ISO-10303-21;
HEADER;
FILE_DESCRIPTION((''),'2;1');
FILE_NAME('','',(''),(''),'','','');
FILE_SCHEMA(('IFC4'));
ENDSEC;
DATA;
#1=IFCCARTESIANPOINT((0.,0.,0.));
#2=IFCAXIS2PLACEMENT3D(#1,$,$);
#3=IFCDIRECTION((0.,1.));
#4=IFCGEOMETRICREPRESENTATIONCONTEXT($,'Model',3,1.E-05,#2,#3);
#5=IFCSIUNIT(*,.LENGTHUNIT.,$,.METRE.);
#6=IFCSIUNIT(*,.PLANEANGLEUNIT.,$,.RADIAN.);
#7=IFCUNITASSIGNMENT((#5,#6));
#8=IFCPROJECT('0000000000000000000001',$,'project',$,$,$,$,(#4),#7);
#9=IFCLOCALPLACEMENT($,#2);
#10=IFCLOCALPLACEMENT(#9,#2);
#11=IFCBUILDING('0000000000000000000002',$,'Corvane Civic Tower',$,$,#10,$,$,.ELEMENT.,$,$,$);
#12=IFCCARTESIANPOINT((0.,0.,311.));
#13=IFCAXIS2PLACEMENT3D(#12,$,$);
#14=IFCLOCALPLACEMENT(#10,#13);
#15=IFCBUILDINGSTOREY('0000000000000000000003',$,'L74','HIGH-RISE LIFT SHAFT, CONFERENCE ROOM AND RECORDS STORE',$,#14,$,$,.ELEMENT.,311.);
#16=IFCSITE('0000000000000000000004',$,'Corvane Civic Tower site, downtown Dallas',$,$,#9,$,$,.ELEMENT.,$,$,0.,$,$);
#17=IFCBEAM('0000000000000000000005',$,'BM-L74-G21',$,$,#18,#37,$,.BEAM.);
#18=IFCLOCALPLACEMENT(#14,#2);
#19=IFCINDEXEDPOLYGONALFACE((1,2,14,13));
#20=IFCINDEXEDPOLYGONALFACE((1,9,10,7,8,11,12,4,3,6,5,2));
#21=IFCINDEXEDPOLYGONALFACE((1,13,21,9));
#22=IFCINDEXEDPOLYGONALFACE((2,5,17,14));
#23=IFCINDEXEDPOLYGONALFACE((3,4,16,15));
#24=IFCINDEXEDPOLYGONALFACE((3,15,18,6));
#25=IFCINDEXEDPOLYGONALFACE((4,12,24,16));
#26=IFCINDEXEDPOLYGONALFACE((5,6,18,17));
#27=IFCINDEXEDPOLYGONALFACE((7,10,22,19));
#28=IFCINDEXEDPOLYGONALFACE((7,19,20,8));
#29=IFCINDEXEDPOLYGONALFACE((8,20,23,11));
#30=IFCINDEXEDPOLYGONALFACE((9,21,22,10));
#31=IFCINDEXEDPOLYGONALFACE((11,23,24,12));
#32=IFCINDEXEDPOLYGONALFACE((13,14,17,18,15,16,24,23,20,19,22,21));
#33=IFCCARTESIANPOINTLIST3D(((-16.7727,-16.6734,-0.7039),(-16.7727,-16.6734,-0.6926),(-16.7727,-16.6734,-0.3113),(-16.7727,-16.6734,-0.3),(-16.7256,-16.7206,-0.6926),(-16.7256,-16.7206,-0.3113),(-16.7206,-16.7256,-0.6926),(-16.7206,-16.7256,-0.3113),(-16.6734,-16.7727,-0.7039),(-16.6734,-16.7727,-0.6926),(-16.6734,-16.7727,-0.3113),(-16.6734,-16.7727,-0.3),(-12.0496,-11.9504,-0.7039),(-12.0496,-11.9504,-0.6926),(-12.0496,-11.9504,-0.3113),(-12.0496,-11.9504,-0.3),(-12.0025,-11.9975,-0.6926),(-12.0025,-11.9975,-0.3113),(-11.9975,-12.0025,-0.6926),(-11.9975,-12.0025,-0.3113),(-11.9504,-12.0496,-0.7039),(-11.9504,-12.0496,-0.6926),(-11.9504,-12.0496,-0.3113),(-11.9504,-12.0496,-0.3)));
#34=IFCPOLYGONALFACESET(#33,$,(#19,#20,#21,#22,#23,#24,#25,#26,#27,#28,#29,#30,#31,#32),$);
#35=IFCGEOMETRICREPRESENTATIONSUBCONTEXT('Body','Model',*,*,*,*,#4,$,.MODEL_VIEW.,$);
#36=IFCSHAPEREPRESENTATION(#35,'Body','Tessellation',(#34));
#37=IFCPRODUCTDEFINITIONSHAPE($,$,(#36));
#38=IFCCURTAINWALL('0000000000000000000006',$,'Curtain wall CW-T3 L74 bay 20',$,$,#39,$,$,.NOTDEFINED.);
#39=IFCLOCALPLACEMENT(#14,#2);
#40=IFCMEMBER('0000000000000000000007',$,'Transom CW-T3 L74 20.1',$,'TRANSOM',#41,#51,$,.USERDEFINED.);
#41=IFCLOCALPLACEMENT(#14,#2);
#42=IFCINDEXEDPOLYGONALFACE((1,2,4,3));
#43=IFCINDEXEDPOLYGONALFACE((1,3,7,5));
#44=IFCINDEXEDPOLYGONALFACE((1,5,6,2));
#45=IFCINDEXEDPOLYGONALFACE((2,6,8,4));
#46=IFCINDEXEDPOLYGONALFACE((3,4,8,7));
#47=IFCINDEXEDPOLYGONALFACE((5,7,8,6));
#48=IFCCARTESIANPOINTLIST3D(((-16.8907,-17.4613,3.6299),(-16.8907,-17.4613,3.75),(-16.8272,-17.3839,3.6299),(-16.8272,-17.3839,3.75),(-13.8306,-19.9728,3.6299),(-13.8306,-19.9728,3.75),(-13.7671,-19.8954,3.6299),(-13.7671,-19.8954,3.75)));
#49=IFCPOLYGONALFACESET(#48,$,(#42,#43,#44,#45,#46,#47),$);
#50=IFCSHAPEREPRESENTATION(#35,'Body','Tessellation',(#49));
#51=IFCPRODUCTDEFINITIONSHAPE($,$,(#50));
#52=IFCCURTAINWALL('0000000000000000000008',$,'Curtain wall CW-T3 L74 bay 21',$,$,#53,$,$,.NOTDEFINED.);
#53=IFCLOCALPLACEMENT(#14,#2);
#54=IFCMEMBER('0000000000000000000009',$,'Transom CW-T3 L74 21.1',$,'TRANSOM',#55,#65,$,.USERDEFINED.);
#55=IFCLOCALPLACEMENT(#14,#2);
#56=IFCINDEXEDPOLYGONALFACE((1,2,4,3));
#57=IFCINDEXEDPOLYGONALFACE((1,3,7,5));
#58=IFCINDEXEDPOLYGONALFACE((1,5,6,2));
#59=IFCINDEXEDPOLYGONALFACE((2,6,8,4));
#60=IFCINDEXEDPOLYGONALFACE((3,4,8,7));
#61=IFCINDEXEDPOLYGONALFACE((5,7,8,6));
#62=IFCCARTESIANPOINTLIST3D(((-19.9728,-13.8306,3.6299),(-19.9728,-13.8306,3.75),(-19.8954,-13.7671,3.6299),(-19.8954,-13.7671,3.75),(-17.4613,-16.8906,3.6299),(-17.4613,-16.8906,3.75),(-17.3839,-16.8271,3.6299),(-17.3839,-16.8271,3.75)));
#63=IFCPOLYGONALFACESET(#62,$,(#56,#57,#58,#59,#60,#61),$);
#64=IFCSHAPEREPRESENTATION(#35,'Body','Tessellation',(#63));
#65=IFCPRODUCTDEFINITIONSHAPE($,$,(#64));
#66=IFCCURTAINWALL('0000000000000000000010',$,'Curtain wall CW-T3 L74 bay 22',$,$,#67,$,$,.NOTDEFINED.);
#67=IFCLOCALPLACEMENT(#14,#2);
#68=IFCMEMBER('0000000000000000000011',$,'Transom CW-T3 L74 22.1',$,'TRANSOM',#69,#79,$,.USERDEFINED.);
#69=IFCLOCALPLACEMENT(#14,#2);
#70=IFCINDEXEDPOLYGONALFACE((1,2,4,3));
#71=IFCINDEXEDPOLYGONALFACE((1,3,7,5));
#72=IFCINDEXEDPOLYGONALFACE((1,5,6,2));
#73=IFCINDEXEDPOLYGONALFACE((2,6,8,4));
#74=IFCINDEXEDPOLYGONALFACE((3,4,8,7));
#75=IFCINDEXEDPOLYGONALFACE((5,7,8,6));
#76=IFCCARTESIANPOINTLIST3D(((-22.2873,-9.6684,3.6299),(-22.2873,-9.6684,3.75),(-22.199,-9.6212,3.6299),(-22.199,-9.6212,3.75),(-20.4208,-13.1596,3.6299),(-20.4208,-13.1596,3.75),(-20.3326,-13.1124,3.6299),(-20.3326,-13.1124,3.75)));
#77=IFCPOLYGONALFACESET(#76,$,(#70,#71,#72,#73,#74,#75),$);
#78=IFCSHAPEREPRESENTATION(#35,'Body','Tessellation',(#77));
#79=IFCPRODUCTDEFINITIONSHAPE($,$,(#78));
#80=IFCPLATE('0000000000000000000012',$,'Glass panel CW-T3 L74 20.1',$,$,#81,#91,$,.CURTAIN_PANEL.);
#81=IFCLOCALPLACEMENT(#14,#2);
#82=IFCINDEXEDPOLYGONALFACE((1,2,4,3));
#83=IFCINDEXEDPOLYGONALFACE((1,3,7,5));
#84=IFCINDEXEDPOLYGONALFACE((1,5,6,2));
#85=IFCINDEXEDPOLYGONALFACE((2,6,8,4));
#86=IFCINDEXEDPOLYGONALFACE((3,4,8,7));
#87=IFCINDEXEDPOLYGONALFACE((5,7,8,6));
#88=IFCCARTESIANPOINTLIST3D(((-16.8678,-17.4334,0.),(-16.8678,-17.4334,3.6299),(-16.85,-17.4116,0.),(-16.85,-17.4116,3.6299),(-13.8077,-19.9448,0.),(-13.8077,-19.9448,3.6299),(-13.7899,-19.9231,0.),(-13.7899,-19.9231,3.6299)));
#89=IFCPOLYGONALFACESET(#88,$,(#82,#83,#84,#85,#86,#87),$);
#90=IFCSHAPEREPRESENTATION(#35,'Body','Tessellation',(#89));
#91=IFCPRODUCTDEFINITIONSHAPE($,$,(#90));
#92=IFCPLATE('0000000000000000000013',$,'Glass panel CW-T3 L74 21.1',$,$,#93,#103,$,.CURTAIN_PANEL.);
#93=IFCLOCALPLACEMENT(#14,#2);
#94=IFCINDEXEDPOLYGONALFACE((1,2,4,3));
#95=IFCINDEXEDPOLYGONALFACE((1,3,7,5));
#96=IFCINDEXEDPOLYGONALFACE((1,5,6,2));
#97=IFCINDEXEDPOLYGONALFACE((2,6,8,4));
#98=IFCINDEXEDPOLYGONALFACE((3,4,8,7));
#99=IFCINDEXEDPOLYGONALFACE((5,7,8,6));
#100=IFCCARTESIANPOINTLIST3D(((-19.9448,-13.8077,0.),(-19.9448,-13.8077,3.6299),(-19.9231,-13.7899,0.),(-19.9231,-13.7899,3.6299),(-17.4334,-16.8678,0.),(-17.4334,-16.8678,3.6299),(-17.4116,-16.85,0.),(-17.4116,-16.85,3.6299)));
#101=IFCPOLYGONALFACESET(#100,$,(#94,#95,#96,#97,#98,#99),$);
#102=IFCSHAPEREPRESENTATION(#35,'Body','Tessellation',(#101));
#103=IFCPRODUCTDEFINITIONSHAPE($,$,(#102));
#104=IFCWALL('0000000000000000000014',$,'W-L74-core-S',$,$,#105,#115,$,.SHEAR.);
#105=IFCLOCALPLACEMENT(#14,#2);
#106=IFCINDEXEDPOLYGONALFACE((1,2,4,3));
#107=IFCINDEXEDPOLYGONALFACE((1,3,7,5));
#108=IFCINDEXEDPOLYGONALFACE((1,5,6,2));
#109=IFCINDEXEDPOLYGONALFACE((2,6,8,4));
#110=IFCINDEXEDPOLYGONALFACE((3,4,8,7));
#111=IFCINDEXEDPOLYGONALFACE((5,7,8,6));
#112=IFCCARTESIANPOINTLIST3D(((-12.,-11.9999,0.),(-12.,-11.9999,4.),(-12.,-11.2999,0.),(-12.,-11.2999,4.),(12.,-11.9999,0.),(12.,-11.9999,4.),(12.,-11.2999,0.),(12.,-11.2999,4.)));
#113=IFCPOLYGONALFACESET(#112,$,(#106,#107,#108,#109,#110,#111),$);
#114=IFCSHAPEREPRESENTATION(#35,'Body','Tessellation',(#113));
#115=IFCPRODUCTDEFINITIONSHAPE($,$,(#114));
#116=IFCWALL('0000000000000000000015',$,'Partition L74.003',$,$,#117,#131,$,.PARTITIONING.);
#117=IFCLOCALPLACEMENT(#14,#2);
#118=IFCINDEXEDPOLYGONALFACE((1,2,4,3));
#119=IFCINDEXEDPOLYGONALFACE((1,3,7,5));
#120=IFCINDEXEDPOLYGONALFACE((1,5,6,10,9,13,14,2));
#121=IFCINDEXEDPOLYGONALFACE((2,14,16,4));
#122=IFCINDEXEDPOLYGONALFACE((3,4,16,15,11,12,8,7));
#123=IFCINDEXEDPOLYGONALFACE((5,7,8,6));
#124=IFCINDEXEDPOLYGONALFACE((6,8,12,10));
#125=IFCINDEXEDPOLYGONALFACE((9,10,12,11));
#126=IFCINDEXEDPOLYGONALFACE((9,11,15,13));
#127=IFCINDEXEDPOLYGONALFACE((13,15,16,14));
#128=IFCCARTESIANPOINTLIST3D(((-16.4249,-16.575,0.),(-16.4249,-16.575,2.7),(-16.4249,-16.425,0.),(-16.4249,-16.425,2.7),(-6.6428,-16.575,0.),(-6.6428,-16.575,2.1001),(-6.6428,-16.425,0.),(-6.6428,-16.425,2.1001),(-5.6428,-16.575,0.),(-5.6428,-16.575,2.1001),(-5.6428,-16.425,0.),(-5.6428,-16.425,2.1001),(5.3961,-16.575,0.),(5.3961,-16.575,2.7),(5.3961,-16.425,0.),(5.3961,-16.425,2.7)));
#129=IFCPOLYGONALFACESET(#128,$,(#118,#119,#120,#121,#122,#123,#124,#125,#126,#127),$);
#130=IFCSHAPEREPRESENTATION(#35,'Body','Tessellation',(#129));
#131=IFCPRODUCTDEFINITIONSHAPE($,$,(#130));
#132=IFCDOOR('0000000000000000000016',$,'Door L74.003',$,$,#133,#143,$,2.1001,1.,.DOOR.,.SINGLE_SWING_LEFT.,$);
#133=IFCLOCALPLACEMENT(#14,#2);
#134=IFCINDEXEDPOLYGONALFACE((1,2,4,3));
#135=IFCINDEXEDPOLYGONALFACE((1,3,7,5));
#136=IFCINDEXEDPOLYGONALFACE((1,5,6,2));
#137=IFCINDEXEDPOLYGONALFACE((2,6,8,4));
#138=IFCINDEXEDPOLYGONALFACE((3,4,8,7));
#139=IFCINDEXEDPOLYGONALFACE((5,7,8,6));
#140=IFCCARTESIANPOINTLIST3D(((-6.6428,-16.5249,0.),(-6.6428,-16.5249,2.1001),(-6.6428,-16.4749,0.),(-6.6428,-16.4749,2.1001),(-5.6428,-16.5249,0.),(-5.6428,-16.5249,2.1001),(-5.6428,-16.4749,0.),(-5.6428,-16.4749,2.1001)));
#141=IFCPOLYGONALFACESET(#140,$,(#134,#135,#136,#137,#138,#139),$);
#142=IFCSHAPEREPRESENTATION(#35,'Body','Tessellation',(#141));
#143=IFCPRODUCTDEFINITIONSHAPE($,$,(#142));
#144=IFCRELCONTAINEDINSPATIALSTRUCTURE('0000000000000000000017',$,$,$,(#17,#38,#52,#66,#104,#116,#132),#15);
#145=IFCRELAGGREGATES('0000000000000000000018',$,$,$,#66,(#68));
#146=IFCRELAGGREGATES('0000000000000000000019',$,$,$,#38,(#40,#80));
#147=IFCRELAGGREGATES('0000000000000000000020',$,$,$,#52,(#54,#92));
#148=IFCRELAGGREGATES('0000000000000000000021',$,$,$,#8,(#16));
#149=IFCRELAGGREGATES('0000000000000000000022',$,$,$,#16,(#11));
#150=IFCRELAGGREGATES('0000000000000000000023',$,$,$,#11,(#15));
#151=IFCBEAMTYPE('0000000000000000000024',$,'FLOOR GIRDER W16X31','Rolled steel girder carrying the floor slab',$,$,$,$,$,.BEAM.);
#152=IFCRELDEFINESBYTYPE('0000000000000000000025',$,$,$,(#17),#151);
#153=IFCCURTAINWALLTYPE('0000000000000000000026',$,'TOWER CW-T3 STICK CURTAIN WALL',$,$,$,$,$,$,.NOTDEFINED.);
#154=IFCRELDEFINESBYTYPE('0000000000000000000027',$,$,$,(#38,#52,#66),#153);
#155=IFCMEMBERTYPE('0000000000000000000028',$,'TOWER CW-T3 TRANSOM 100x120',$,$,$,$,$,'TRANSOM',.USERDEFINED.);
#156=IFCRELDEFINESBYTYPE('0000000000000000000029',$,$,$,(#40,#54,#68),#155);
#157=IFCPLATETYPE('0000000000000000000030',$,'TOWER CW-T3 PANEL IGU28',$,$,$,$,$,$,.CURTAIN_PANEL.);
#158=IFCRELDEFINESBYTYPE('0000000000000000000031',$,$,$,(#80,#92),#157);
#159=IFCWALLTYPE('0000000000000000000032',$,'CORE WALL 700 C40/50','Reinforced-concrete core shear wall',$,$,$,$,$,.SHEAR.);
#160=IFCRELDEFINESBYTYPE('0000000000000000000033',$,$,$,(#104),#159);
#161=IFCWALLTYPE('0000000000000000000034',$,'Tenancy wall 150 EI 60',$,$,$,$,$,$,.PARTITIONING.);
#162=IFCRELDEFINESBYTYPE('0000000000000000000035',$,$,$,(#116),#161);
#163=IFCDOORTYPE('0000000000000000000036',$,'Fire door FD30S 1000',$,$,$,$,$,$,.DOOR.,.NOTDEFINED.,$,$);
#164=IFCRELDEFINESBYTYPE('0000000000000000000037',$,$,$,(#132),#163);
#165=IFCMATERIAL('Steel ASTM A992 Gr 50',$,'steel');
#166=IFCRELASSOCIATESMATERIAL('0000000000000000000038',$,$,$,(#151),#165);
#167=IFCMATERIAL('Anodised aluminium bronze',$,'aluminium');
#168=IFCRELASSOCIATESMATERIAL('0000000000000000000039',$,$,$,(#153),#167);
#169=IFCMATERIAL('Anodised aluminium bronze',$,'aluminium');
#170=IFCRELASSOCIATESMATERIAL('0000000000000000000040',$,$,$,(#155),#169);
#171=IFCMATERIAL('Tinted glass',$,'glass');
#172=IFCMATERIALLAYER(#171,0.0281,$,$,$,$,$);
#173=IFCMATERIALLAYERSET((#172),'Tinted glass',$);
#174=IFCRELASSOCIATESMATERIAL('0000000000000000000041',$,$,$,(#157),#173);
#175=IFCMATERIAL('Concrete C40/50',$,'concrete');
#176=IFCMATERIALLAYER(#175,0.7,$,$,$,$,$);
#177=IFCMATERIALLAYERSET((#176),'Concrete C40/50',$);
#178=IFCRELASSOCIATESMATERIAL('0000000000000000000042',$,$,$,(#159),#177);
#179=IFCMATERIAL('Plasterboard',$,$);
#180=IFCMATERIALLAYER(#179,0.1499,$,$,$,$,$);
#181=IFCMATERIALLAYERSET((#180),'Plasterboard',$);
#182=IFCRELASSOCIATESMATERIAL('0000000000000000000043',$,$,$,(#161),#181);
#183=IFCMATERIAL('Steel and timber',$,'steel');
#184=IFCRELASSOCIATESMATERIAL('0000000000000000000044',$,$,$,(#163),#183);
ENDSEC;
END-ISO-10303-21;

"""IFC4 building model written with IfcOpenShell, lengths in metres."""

from ifc_helpers import new_model, si_unit, direction, frame, frame_2d, origin, origin_2d, place, context, subcontext, project, spatial, rectangle, i_section, extrude, material, layer, layer_set, material_profile, profile_set, type_object, element, fill, aggregate, save


model = new_model("IFC4")

# Units and contexts
model_context = context("Model", 3, precision=1e-05, world=origin(), true_north=direction((0.0, 1.0)))
body_context = subcontext(model_context, "Body", "Model", "MODEL_VIEW")
ifc_project = project(units=[si_unit("LENGTHUNIT", "METRE"), si_unit("PLANEANGLEUNIT", "RADIAN")], contexts=[model_context])

# Site, building, storey
site_placement = place(None, origin())
site = spatial("IfcSite", under=ifc_project, at=site_placement, Name="Corvane Civic Tower site, downtown Dallas", CompositionType="ELEMENT", RefElevation=0.0)
building_placement = place(site_placement, origin())
building = spatial("IfcBuilding", under=site, at=building_placement, Name="Corvane Civic Tower", CompositionType="ELEMENT")
storey_placement = place(building_placement, frame((0.0, 0.0, 311.0)))
storey = spatial("IfcBuildingStorey", under=building, at=storey_placement, Name="L74", Description="HIGH-RISE LIFT SHAFT, CONFERENCE ROOM AND RECORDS STORE", CompositionType="ELEMENT", Elevation=311.0)

# Beam
ifc_material_1 = material(Name="Steel ASTM A992 Gr 50", Category="steel")
ifc_material_profile_1 = material_profile(ifc_material_1, i_section(OverallWidth=0.1404, OverallDepth=0.4038, WebThickness=0.0071, FlangeThickness=0.0112, at=origin_2d()), Name="W16X31")
ifc_profile_set_1 = profile_set([ifc_material_profile_1], Name="Steel ASTM A992 Gr 50")
beam_type_1 = type_object("IfcBeamType", Name="FLOOR GIRDER W16X31", Description="Rolled steel girder carrying the floor slab", PredefinedType="BEAM", material=ifc_profile_set_1)
beam_1_placement = place(storey_placement, frame((-12.0, -12.0, -0.502), z_axis=(-0.707107, -0.707107, 0.0), x_axis=(0.707107, -0.707107, 0.0)))
element("IfcBeam", 1, at=beam_1_placement, inside=storey, type_object=beam_type_1, Name="BM-L74-G21", PredefinedType="BEAM", context=body_context, shape_type="SweptSolid", body=[
    extrude(i_section(OverallWidth=0.1404, OverallDepth=0.4038, WebThickness=0.0071, FlangeThickness=0.0112, at=origin_2d()), origin(), (0.0, 0.0, 1.0), 6.6794),
])

# Curtain walls, members
ifc_material_2 = material(Name="Anodised aluminium bronze", Category="aluminium")
curtain_wall_type = type_object("IfcCurtainWallType", Name="TOWER CW-T3 STICK CURTAIN WALL", PredefinedType="NOTDEFINED", material=ifc_material_2)
curtain_wall_1_placement = place(storey_placement, origin())
curtain_wall_1 = element("IfcCurtainWall", 2, at=curtain_wall_1_placement, inside=storey, type_object=curtain_wall_type, Name="Curtain wall CW-T3 L74 bay 20", PredefinedType="NOTDEFINED")
ifc_material_3 = material(Name="Anodised aluminium bronze", Category="aluminium")
ifc_material_profile_2 = material_profile(ifc_material_3, rectangle(XDim=0.1001, YDim=0.1201, at=origin_2d()), Name="TOWER CW-T3 TRANSOM 100x120")
ifc_profile_set_2 = profile_set([ifc_material_profile_2], Name="Anodised aluminium bronze")
member_type = type_object("IfcMemberType", Name="TOWER CW-T3 TRANSOM 100x120", ElementType="TRANSOM", PredefinedType="USERDEFINED", material=ifc_profile_set_2)
member_1_placement = place(storey_placement, frame((-13.7988, -19.9341, 3.6899), z_axis=(-0.772992, 0.634416, 0.0), x_axis=(-0.634416, -0.772992, 0.0)))
member_1 = element("IfcMember", 3, at=member_1_placement, type_object=member_type, Name="Transom CW-T3 L74 20.1", ObjectType="TRANSOM", PredefinedType="USERDEFINED", context=body_context, shape_type="SweptSolid", body=[
    extrude(rectangle(XDim=0.1001, YDim=0.1201, at=origin_2d()), origin(), (0.0, 0.0, 1.0), 3.9587),
])
curtain_wall_2_placement = place(storey_placement, origin())
curtain_wall_2 = element("IfcCurtainWall", 4, at=curtain_wall_2_placement, inside=storey, type_object=curtain_wall_type, Name="Curtain wall CW-T3 L74 bay 21", PredefinedType="NOTDEFINED")
member_2_placement = place(storey_placement, frame((-17.4226, -16.8589, 3.6899), z_axis=(-0.634416, 0.772992, 0.0), x_axis=(-0.772992, -0.634416, 0.0)))
member_2 = element("IfcMember", 5, at=member_2_placement, type_object=member_type, Name="Transom CW-T3 L74 21.1", ObjectType="TRANSOM", PredefinedType="USERDEFINED", context=body_context, shape_type="SweptSolid", body=[
    extrude(rectangle(XDim=0.1001, YDim=0.1201, at=origin_2d()), origin(), (0.0, 0.0, 1.0), 3.9587),
])
curtain_wall_3_placement = place(storey_placement, origin())
curtain_wall_3 = element("IfcCurtainWall", 6, at=curtain_wall_3_placement, inside=storey, type_object=curtain_wall_type, Name="Curtain wall CW-T3 L74 bay 22", PredefinedType="NOTDEFINED")
member_3_placement = place(storey_placement, frame((-20.3767, -13.136, 3.6899), z_axis=(-0.471468, 0.881883, 0.0), x_axis=(-0.881883, -0.471468, 0.0)))
member_3 = element("IfcMember", 7, at=member_3_placement, type_object=member_type, Name="Transom CW-T3 L74 22.1", ObjectType="TRANSOM", PredefinedType="USERDEFINED", context=body_context, shape_type="SweptSolid", body=[
    extrude(rectangle(XDim=0.1001, YDim=0.1201, at=origin_2d()), origin(), (0.0, 0.0, 1.0), 3.9587),
])
aggregate(curtain_wall_3, [member_3])

# Plates
ifc_material_4 = material(Name="Tinted glass", Category="glass")
ifc_layer_1 = layer(ifc_material_4, 0.0281)
ifc_layer_set_1 = layer_set([ifc_layer_1], Name="Tinted glass")
plate_type = type_object("IfcPlateType", Name="TOWER CW-T3 PANEL IGU28", PredefinedType="CURTAIN_PANEL", material=ifc_layer_set_1)
plate_1_placement = place(storey_placement, frame((-15.3289, -18.6782, 0.0), z_axis=(0.0, 0.0, 1.0), x_axis=(-0.773001, 0.634405, 0.0)))
plate_1 = element("IfcPlate", 8, at=plate_1_placement, type_object=plate_type, Name="Glass panel CW-T3 L74 20.1", PredefinedType="CURTAIN_PANEL", context=body_context, shape_type="SweptSolid", body=[
    extrude(rectangle(XDim=3.9587, YDim=0.0281, at=origin_2d()), origin(), (0.0, 0.0, 1.0), 3.6299),
])
aggregate(curtain_wall_1, [member_1, plate_1])
plate_2_placement = place(storey_placement, frame((-18.6782, -15.3289, 0.0), z_axis=(0.0, 0.0, 1.0), x_axis=(-0.634405, 0.773001, 0.0)))
plate_2 = element("IfcPlate", 9, at=plate_2_placement, type_object=plate_type, Name="Glass panel CW-T3 L74 21.1", PredefinedType="CURTAIN_PANEL", context=body_context, shape_type="SweptSolid", body=[
    extrude(rectangle(XDim=3.9587, YDim=0.0281, at=origin_2d()), origin(), (0.0, 0.0, 1.0), 3.6299),
])
aggregate(curtain_wall_2, [member_2, plate_2])

# Wall
ifc_material_5 = material(Name="Concrete C40/50", Category="concrete")
ifc_layer_2 = layer(ifc_material_5, 0.7)
ifc_layer_set_2 = layer_set([ifc_layer_2], Name="Concrete C40/50")
wall_type_1 = type_object("IfcWallType", Name="CORE WALL 700 C40/50", Description="Reinforced-concrete core shear wall", PredefinedType="SHEAR", material=ifc_layer_set_2)
wall_1_placement = place(storey_placement, frame((-12.0, -11.6499, 0.0), z_axis=(0.0, 0.0, 1.0), x_axis=(1.0, 0.0, 0.0)))
element("IfcWall", 10, at=wall_1_placement, inside=storey, type_object=wall_type_1, Name="W-L74-core-S", PredefinedType="SHEAR", context=body_context, shape_type="SweptSolid", body=[
    extrude(rectangle(XDim=24.0, YDim=0.7, at=frame_2d((12.0, 0.0))), origin(), (0.0, 0.0, 1.0), 4.0),
])

# Wall, opening, door
ifc_material_6 = material(Name="Plasterboard")
ifc_layer_3 = layer(ifc_material_6, 0.1499)
ifc_layer_set_3 = layer_set([ifc_layer_3], Name="Plasterboard")
wall_type_2 = type_object("IfcWallType", Name="Tenancy wall 150 EI 60", PredefinedType="PARTITIONING", material=ifc_layer_set_3)
wall_2_placement = place(storey_placement, frame((-16.425, -16.5, 0.0), z_axis=(0.0, 0.0, 1.0), x_axis=(1.0, 0.0, 0.0)))
wall_2 = element("IfcWall", 11, at=wall_2_placement, inside=storey, type_object=wall_type_2, Name="Partition L74.003", PredefinedType="PARTITIONING", context=body_context, shape_type="SweptSolid", body=[
    extrude(rectangle(XDim=21.821, YDim=0.1499, at=frame_2d((10.9106, 0.0))), origin(), (0.0, 0.0, 1.0), 2.7),
])
opening_1_placement = place(wall_2_placement, frame((9.7822, 0.0, 0.0)))
opening_1 = element("IfcOpeningElement", 12, at=opening_1_placement, cuts=wall_2, PredefinedType="OPENING", context=body_context, shape_type="SweptSolid", body=[
    extrude(rectangle(XDim=1.0, YDim=2.1001, at=frame_2d((0.5, 1.05))), frame((0.0, 0.085, 0.0), z_axis=(0.0, -1.0, 0.0), x_axis=(1.0, 0.0, 0.0)), (0.0, 0.0, 1.0), 0.1699),
])
ifc_material_7 = material(Name="Steel and timber", Category="steel")
door_type_1 = type_object("IfcDoorType", Name="Fire door FD30S 1000", OperationType="NOTDEFINED", PredefinedType="DOOR", material=ifc_material_7)
door_1_placement = place(opening_1_placement, frame((1.0, 0.0, 0.0), z_axis=(0.0, 0.0, 1.0), x_axis=(-1.0, 0.0, 0.0)))
door_1 = element("IfcDoor", 13, at=door_1_placement, inside=storey, type_object=door_type_1, Name="Door L74.003", OperationType="SINGLE_SWING_LEFT", OverallHeight=2.1001, OverallWidth=1.0, PredefinedType="DOOR", context=body_context, shape_type="SweptSolid", body=[
    extrude(rectangle(XDim=1.0, YDim=2.1001, at=frame_2d((0.5, 1.05))), frame((0.0, 0.0249, 0.0), z_axis=(0.0, -1.0, 0.0), x_axis=(1.0, 0.0, 0.0)), (0.0, 0.0, 1.0), 0.05),
])
fill(opening_1, door_1)

save(model, "model.ifc")
